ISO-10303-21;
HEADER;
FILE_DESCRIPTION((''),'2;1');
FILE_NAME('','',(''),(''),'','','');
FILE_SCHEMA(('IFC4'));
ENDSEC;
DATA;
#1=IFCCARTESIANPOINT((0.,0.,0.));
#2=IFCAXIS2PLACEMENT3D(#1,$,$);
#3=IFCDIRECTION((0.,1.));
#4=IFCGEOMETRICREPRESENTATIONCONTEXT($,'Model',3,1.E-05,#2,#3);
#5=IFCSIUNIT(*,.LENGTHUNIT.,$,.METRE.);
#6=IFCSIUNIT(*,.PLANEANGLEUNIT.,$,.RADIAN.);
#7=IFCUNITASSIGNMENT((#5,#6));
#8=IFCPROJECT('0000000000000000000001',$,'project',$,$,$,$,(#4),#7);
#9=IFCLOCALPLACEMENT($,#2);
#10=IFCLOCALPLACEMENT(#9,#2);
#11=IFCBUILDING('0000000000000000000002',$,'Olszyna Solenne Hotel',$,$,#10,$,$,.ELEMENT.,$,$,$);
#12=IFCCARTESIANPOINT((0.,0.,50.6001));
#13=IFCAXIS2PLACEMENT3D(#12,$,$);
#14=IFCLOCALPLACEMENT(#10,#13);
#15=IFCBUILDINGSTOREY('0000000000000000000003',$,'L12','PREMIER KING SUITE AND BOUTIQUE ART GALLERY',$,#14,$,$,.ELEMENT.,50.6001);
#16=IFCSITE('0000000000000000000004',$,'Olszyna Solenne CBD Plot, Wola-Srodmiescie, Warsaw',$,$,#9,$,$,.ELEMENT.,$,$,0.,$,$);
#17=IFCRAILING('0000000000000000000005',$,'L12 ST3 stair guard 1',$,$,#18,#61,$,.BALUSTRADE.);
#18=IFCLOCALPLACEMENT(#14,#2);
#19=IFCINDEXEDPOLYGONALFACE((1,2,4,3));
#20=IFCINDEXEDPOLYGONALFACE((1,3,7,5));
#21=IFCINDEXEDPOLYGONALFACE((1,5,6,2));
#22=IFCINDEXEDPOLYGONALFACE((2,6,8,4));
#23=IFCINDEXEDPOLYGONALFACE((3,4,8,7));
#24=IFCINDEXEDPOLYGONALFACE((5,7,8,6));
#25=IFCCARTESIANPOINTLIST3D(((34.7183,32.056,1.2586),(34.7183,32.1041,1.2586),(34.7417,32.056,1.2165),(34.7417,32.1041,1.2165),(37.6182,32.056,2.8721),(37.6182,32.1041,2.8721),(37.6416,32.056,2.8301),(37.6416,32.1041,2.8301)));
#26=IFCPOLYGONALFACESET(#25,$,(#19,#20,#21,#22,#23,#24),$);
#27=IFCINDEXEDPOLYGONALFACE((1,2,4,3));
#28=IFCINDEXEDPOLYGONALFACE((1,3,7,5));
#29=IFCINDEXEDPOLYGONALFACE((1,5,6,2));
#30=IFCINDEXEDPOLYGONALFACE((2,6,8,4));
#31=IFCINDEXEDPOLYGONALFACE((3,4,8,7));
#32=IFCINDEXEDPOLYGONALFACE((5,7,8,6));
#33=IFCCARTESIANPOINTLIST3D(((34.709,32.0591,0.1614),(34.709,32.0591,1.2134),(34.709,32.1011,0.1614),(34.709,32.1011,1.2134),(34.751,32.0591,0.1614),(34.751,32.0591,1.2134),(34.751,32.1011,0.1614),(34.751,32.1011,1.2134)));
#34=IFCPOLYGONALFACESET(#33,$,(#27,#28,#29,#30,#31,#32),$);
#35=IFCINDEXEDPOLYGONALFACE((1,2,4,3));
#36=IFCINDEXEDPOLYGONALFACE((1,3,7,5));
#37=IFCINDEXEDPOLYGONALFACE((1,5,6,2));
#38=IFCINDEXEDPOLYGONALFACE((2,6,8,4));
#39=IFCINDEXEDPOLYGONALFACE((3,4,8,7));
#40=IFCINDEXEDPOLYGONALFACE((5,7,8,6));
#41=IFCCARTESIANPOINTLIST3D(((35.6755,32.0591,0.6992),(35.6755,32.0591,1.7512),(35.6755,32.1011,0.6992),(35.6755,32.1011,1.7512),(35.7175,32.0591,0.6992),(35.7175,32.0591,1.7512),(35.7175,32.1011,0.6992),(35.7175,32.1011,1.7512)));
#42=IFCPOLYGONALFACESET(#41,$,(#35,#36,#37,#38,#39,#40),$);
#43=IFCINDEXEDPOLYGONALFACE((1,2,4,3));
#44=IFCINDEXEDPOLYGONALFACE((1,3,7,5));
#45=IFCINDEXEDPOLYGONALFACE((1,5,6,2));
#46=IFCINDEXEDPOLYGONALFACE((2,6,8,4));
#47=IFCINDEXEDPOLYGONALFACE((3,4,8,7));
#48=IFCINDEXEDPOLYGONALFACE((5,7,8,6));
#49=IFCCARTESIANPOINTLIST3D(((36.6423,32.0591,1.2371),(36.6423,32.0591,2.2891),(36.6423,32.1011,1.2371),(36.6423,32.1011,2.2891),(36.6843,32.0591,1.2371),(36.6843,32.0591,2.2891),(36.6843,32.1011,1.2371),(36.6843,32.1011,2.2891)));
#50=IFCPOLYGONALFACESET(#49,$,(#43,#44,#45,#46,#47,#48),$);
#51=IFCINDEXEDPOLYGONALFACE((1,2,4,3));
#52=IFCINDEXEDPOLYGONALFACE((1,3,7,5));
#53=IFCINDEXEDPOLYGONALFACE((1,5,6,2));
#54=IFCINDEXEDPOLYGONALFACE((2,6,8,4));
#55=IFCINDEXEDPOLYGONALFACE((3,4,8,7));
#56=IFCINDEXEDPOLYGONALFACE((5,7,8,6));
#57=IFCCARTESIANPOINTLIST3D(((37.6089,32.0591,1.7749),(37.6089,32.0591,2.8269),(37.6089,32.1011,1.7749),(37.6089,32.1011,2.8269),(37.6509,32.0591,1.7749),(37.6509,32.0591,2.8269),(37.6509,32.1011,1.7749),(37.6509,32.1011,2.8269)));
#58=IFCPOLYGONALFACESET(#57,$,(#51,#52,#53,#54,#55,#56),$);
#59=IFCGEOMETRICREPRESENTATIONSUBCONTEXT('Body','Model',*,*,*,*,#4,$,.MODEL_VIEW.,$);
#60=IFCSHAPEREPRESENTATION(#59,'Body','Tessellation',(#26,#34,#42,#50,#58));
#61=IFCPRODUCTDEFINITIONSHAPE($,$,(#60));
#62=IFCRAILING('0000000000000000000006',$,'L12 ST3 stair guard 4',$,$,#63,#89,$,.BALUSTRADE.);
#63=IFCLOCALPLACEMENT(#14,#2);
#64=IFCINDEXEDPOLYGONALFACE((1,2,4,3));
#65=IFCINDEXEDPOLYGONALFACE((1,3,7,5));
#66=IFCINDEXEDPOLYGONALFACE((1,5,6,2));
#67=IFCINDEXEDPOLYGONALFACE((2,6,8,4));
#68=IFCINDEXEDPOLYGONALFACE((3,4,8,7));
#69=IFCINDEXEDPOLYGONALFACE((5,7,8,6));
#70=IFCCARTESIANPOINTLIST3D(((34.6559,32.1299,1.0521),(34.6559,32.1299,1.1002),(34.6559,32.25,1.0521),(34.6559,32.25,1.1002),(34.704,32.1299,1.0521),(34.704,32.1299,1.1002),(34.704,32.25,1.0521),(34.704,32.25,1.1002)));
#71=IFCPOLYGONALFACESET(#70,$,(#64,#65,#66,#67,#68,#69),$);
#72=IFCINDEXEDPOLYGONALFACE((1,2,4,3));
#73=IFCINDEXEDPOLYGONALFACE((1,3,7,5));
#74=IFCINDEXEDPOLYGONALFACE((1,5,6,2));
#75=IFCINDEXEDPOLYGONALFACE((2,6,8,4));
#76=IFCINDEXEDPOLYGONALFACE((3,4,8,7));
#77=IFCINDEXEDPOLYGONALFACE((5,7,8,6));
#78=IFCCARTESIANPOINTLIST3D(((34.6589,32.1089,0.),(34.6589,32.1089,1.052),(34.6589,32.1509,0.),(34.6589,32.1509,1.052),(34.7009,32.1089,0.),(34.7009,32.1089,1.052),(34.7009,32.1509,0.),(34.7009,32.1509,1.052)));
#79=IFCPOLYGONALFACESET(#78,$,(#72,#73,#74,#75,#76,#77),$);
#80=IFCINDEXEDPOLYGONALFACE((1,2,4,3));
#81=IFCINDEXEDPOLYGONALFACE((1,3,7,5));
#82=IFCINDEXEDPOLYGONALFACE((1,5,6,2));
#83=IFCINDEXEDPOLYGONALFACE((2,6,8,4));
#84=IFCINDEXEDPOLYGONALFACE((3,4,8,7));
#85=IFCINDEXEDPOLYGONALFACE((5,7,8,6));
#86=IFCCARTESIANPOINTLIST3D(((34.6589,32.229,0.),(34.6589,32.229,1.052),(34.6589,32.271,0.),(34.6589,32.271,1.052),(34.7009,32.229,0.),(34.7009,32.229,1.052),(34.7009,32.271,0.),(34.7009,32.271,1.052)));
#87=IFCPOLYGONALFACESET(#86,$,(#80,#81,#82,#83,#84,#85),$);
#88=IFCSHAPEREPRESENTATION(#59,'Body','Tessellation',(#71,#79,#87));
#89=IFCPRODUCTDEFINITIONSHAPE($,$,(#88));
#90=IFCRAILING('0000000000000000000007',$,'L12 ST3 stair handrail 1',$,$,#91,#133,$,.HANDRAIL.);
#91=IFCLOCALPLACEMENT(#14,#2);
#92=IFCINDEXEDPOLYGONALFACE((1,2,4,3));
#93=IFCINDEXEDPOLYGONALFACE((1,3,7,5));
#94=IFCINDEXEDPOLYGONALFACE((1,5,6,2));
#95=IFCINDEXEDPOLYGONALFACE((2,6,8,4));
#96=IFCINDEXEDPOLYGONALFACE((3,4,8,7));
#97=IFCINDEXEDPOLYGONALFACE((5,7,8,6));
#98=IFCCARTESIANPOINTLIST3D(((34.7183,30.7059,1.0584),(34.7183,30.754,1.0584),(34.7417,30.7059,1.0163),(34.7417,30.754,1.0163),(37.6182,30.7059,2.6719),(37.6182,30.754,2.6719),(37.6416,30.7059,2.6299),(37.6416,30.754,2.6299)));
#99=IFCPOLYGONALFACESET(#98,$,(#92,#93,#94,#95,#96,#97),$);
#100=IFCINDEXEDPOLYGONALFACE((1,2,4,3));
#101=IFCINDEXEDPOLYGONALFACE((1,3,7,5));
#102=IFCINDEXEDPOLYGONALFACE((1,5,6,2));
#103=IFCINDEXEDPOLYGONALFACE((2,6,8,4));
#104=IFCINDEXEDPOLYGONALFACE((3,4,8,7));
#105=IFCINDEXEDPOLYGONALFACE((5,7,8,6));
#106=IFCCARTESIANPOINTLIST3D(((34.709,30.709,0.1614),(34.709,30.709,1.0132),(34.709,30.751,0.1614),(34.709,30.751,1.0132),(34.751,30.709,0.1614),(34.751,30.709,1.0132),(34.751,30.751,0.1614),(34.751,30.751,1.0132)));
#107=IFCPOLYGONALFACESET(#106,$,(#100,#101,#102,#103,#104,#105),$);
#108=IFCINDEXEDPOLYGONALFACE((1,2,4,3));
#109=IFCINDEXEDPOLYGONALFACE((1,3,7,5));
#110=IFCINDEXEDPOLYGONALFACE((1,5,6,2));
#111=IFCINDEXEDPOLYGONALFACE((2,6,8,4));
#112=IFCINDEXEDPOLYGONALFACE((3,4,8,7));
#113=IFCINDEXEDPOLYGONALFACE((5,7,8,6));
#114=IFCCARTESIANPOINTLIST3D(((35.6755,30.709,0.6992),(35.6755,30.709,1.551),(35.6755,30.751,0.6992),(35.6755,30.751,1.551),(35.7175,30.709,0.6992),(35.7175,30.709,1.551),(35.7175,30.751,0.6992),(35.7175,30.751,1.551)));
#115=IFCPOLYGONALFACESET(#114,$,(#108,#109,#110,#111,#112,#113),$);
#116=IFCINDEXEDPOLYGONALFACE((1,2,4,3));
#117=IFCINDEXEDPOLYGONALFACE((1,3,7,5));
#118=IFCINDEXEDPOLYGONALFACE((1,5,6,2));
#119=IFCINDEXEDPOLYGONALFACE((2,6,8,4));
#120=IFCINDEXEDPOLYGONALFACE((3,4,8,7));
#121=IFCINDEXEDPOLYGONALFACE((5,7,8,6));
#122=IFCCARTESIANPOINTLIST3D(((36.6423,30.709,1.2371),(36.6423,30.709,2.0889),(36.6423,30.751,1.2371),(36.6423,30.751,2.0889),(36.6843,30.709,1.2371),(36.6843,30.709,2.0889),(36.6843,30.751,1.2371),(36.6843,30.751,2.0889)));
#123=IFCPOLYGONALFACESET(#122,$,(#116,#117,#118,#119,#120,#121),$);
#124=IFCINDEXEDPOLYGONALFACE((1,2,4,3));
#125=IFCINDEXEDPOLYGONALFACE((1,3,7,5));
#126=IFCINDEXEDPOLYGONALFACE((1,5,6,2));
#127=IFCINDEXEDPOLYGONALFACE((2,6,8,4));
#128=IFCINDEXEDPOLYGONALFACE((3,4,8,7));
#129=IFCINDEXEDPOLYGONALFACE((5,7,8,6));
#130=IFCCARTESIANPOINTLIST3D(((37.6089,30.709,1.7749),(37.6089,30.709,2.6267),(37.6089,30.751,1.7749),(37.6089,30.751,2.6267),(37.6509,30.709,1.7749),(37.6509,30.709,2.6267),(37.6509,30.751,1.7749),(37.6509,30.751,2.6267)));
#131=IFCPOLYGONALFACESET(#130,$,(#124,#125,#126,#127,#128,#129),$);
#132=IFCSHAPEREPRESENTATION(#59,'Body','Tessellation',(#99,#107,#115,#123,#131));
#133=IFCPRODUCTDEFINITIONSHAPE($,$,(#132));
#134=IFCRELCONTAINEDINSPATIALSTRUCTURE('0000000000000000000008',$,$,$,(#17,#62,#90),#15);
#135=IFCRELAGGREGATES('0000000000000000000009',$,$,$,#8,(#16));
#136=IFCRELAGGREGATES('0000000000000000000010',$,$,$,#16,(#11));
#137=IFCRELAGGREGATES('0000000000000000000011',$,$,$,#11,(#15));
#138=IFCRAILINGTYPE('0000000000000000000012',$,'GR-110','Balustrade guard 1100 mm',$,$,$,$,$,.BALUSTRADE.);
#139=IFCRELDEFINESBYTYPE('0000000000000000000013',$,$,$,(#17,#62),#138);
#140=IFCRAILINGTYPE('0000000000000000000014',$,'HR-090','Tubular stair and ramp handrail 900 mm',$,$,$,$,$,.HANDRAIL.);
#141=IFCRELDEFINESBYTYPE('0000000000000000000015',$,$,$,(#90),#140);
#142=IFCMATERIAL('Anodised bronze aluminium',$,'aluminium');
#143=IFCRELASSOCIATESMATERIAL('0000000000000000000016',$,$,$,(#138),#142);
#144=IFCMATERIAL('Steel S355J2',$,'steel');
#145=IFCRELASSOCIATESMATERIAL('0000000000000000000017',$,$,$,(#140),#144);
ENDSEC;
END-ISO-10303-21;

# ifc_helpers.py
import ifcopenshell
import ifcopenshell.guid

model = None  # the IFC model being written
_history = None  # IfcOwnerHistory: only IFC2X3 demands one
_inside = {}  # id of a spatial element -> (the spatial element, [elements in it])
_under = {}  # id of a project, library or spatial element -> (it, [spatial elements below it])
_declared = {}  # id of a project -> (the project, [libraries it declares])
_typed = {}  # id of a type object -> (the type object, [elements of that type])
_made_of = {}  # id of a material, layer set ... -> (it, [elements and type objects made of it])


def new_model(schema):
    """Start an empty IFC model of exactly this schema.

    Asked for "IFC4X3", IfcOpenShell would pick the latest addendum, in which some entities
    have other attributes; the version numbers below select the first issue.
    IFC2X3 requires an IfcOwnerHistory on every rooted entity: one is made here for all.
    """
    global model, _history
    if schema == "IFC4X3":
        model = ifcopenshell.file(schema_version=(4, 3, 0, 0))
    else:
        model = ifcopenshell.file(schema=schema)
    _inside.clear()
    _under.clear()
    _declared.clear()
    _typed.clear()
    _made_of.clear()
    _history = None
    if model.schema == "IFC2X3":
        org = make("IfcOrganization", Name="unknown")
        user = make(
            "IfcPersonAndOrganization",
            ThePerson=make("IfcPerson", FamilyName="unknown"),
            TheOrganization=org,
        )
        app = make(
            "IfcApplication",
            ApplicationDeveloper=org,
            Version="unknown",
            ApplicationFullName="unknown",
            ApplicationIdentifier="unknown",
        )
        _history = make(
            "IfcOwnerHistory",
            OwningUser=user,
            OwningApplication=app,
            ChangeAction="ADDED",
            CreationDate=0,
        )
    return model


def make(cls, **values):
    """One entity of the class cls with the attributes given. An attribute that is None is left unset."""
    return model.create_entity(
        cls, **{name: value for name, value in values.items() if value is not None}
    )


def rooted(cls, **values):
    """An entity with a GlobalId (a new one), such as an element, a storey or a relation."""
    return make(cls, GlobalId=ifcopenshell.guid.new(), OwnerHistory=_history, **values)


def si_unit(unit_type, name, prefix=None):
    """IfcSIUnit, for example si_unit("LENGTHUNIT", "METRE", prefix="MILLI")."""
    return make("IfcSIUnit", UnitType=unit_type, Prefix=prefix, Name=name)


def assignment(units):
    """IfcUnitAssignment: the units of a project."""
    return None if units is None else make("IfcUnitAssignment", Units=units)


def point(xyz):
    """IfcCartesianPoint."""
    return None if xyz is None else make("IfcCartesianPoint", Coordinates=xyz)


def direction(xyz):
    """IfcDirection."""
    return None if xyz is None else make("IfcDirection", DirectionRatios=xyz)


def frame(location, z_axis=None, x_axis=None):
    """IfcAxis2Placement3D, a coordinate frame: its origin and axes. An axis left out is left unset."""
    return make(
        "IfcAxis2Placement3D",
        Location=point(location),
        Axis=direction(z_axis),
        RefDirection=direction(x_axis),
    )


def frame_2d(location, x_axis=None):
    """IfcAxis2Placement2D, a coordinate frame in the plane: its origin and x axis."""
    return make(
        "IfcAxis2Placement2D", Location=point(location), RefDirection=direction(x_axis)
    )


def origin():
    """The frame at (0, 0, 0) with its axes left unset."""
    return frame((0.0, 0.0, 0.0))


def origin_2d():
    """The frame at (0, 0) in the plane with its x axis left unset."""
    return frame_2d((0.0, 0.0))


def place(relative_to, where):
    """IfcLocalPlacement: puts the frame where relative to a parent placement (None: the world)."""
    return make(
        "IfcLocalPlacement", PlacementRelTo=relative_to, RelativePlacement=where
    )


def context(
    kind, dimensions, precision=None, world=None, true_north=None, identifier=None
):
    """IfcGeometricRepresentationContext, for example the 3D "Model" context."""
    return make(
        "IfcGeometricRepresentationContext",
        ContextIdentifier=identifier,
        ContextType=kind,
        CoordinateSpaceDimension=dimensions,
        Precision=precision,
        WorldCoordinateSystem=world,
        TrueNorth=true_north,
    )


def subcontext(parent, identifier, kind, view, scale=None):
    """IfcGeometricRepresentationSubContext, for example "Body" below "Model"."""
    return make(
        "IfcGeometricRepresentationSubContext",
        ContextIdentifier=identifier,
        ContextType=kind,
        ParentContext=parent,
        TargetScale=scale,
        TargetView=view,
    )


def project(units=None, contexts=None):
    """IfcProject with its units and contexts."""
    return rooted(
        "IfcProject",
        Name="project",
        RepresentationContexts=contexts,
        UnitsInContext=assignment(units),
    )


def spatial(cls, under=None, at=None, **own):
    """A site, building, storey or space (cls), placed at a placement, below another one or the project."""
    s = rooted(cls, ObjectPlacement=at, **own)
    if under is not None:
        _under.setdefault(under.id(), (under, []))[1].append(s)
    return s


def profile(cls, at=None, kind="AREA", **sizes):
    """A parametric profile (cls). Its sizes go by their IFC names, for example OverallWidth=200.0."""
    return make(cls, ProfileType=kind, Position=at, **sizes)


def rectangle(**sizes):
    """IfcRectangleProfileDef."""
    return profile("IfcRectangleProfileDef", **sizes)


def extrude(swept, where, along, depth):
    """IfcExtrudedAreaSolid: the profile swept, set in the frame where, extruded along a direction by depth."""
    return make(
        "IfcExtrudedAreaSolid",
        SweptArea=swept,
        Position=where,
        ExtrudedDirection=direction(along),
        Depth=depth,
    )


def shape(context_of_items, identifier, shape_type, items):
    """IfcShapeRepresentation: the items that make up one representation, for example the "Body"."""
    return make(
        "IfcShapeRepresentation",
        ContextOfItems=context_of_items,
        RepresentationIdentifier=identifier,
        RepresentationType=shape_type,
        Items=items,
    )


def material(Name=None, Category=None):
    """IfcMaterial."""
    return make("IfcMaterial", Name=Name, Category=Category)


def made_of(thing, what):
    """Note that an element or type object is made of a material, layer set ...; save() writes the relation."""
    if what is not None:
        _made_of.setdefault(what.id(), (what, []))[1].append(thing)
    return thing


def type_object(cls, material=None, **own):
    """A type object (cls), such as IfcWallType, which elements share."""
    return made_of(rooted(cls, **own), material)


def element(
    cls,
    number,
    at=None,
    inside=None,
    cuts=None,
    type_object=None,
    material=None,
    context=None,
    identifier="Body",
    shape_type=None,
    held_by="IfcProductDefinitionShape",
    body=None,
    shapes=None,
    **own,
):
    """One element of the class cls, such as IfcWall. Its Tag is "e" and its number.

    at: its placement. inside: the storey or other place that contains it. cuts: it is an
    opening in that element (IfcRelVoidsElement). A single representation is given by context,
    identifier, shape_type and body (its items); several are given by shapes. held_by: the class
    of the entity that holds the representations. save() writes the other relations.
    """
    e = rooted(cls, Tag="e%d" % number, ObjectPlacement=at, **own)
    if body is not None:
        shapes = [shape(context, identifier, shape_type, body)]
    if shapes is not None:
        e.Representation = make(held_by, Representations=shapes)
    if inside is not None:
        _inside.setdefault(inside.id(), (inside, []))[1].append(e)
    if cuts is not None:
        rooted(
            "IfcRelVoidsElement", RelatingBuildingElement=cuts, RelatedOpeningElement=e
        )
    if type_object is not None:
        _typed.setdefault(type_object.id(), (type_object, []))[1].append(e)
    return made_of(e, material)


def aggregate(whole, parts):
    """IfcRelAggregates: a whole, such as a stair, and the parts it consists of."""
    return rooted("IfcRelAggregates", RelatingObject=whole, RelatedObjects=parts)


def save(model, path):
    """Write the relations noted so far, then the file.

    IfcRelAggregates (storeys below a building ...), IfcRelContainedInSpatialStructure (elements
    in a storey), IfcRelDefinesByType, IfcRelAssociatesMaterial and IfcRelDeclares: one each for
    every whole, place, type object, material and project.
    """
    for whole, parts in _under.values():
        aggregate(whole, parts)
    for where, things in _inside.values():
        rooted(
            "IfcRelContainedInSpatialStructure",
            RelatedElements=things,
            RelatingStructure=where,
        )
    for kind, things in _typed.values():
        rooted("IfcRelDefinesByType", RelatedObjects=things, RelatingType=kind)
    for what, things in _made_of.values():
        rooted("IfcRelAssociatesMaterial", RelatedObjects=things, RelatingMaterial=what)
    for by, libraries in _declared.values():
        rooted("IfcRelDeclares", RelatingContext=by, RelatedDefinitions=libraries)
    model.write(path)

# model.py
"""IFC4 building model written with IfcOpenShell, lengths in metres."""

from ifc_helpers import new_model, si_unit, direction, frame, origin, origin_2d, place, context, subcontext, project, spatial, rectangle, extrude, material, type_object, element, save


model = new_model("IFC4")

# Units and contexts
model_context = context("Model", 3, precision=1e-05, world=origin(), true_north=direction((0.0, 1.0)))
body_context = subcontext(model_context, "Body", "Model", "MODEL_VIEW")
ifc_project = project(units=[si_unit("LENGTHUNIT", "METRE"), si_unit("PLANEANGLEUNIT", "RADIAN")], contexts=[model_context])

# Site, building, storey
site_placement = place(None, origin())
site = spatial("IfcSite", under=ifc_project, at=site_placement, Name="Olszyna Solenne CBD Plot, Wola-Srodmiescie, Warsaw", CompositionType="ELEMENT", RefElevation=0.0)
building_placement = place(site_placement, origin())
building = spatial("IfcBuilding", under=site, at=building_placement, Name="Olszyna Solenne Hotel", CompositionType="ELEMENT")
storey_placement = place(building_placement, frame((0.0, 0.0, 50.6001)))
storey = spatial("IfcBuildingStorey", under=building, at=storey_placement, Name="L12", Description="PREMIER KING SUITE AND BOUTIQUE ART GALLERY", CompositionType="ELEMENT", Elevation=50.6001)

# Shared definitions
ifc_material_1 = material(Name="Steel S355J2", Category="steel")

# Railings
ifc_material_2 = material(Name="Anodised bronze aluminium", Category="aluminium")
railing_type_1 = type_object("IfcRailingType", Name="GR-110", Description="Balustrade guard 1100 mm", PredefinedType="BALUSTRADE", material=ifc_material_2)
railing_1_placement = place(storey_placement, frame((34.73, 32.0801, 0.1614)))
element("IfcRailing", 1, at=railing_1_placement, inside=storey, type_object=railing_type_1, Name="L12 ST3 stair guard 1", PredefinedType="BALUSTRADE", context=body_context, shape_type="SweptSolid", body=[
    extrude(rectangle(XDim=0.0481, YDim=0.0481, at=origin_2d()), frame((0.0, 0.0, 1.0762), z_axis=(0.873841, 0.0, 0.486211), x_axis=(0.0, 1.0, 0.0)), (0.0, 0.0, 1.0), 3.3186),
    extrude(rectangle(XDim=0.042, YDim=0.042, at=origin_2d()), origin(), (0.0, 0.0, 1.0), 1.052),
    extrude(rectangle(XDim=0.042, YDim=0.042, at=origin_2d()), frame((0.9666, 0.0, 0.5378)), (0.0, 0.0, 1.0), 1.052),
    extrude(rectangle(XDim=0.042, YDim=0.042, at=origin_2d()), frame((1.9333, 0.0, 1.0757)), (0.0, 0.0, 1.0), 1.052),
    extrude(rectangle(XDim=0.042, YDim=0.042, at=origin_2d()), frame((2.8999, 0.0, 1.6135)), (0.0, 0.0, 1.0), 1.052),
])
railing_2_placement = place(storey_placement, frame((34.6799, 32.1299, 0.0)))
element("IfcRailing", 2, at=railing_2_placement, inside=storey, type_object=railing_type_1, Name="L12 ST3 stair guard 4", PredefinedType="BALUSTRADE", context=body_context, shape_type="SweptSolid", body=[
    extrude(rectangle(XDim=0.0481, YDim=0.0481, at=origin_2d()), frame((0.0, 0.0, 1.0762), z_axis=(0.0, 1.0, 0.0), x_axis=(-1.0, 0.0, 0.0)), (0.0, 0.0, 1.0), 0.1201),
    extrude(rectangle(XDim=0.042, YDim=0.042, at=origin_2d()), origin(), (0.0, 0.0, 1.0), 1.052),
    extrude(rectangle(XDim=0.042, YDim=0.042, at=origin_2d()), frame((0.0, 0.1201, 0.0)), (0.0, 0.0, 1.0), 1.052),
])
railing_type_2 = type_object("IfcRailingType", Name="HR-090", Description="Tubular stair and ramp handrail 900 mm", PredefinedType="HANDRAIL", material=ifc_material_1)
railing_3_placement = place(storey_placement, frame((34.73, 30.73, 0.1614)))
element("IfcRailing", 3, at=railing_3_placement, inside=storey, type_object=railing_type_2, Name="L12 ST3 stair handrail 1", PredefinedType="HANDRAIL", context=body_context, shape_type="SweptSolid", body=[
    extrude(rectangle(XDim=0.0481, YDim=0.0481, at=origin_2d()), frame((0.0, 0.0, 0.876), z_axis=(0.873841, 0.0, 0.486211), x_axis=(0.0, 1.0, 0.0)), (0.0, 0.0, 1.0), 3.3186),
    extrude(rectangle(XDim=0.042, YDim=0.042, at=origin_2d()), origin(), (0.0, 0.0, 1.0), 0.8518),
    extrude(rectangle(XDim=0.042, YDim=0.042, at=origin_2d()), frame((0.9666, 0.0, 0.5378)), (0.0, 0.0, 1.0), 0.8518),
    extrude(rectangle(XDim=0.042, YDim=0.042, at=origin_2d()), frame((1.9333, 0.0, 1.0757)), (0.0, 0.0, 1.0), 0.8518),
    extrude(rectangle(XDim=0.042, YDim=0.042, at=origin_2d()), frame((2.8999, 0.0, 1.6135)), (0.0, 0.0, 1.0), 0.8518),
])

save(model, "model.ifc")
